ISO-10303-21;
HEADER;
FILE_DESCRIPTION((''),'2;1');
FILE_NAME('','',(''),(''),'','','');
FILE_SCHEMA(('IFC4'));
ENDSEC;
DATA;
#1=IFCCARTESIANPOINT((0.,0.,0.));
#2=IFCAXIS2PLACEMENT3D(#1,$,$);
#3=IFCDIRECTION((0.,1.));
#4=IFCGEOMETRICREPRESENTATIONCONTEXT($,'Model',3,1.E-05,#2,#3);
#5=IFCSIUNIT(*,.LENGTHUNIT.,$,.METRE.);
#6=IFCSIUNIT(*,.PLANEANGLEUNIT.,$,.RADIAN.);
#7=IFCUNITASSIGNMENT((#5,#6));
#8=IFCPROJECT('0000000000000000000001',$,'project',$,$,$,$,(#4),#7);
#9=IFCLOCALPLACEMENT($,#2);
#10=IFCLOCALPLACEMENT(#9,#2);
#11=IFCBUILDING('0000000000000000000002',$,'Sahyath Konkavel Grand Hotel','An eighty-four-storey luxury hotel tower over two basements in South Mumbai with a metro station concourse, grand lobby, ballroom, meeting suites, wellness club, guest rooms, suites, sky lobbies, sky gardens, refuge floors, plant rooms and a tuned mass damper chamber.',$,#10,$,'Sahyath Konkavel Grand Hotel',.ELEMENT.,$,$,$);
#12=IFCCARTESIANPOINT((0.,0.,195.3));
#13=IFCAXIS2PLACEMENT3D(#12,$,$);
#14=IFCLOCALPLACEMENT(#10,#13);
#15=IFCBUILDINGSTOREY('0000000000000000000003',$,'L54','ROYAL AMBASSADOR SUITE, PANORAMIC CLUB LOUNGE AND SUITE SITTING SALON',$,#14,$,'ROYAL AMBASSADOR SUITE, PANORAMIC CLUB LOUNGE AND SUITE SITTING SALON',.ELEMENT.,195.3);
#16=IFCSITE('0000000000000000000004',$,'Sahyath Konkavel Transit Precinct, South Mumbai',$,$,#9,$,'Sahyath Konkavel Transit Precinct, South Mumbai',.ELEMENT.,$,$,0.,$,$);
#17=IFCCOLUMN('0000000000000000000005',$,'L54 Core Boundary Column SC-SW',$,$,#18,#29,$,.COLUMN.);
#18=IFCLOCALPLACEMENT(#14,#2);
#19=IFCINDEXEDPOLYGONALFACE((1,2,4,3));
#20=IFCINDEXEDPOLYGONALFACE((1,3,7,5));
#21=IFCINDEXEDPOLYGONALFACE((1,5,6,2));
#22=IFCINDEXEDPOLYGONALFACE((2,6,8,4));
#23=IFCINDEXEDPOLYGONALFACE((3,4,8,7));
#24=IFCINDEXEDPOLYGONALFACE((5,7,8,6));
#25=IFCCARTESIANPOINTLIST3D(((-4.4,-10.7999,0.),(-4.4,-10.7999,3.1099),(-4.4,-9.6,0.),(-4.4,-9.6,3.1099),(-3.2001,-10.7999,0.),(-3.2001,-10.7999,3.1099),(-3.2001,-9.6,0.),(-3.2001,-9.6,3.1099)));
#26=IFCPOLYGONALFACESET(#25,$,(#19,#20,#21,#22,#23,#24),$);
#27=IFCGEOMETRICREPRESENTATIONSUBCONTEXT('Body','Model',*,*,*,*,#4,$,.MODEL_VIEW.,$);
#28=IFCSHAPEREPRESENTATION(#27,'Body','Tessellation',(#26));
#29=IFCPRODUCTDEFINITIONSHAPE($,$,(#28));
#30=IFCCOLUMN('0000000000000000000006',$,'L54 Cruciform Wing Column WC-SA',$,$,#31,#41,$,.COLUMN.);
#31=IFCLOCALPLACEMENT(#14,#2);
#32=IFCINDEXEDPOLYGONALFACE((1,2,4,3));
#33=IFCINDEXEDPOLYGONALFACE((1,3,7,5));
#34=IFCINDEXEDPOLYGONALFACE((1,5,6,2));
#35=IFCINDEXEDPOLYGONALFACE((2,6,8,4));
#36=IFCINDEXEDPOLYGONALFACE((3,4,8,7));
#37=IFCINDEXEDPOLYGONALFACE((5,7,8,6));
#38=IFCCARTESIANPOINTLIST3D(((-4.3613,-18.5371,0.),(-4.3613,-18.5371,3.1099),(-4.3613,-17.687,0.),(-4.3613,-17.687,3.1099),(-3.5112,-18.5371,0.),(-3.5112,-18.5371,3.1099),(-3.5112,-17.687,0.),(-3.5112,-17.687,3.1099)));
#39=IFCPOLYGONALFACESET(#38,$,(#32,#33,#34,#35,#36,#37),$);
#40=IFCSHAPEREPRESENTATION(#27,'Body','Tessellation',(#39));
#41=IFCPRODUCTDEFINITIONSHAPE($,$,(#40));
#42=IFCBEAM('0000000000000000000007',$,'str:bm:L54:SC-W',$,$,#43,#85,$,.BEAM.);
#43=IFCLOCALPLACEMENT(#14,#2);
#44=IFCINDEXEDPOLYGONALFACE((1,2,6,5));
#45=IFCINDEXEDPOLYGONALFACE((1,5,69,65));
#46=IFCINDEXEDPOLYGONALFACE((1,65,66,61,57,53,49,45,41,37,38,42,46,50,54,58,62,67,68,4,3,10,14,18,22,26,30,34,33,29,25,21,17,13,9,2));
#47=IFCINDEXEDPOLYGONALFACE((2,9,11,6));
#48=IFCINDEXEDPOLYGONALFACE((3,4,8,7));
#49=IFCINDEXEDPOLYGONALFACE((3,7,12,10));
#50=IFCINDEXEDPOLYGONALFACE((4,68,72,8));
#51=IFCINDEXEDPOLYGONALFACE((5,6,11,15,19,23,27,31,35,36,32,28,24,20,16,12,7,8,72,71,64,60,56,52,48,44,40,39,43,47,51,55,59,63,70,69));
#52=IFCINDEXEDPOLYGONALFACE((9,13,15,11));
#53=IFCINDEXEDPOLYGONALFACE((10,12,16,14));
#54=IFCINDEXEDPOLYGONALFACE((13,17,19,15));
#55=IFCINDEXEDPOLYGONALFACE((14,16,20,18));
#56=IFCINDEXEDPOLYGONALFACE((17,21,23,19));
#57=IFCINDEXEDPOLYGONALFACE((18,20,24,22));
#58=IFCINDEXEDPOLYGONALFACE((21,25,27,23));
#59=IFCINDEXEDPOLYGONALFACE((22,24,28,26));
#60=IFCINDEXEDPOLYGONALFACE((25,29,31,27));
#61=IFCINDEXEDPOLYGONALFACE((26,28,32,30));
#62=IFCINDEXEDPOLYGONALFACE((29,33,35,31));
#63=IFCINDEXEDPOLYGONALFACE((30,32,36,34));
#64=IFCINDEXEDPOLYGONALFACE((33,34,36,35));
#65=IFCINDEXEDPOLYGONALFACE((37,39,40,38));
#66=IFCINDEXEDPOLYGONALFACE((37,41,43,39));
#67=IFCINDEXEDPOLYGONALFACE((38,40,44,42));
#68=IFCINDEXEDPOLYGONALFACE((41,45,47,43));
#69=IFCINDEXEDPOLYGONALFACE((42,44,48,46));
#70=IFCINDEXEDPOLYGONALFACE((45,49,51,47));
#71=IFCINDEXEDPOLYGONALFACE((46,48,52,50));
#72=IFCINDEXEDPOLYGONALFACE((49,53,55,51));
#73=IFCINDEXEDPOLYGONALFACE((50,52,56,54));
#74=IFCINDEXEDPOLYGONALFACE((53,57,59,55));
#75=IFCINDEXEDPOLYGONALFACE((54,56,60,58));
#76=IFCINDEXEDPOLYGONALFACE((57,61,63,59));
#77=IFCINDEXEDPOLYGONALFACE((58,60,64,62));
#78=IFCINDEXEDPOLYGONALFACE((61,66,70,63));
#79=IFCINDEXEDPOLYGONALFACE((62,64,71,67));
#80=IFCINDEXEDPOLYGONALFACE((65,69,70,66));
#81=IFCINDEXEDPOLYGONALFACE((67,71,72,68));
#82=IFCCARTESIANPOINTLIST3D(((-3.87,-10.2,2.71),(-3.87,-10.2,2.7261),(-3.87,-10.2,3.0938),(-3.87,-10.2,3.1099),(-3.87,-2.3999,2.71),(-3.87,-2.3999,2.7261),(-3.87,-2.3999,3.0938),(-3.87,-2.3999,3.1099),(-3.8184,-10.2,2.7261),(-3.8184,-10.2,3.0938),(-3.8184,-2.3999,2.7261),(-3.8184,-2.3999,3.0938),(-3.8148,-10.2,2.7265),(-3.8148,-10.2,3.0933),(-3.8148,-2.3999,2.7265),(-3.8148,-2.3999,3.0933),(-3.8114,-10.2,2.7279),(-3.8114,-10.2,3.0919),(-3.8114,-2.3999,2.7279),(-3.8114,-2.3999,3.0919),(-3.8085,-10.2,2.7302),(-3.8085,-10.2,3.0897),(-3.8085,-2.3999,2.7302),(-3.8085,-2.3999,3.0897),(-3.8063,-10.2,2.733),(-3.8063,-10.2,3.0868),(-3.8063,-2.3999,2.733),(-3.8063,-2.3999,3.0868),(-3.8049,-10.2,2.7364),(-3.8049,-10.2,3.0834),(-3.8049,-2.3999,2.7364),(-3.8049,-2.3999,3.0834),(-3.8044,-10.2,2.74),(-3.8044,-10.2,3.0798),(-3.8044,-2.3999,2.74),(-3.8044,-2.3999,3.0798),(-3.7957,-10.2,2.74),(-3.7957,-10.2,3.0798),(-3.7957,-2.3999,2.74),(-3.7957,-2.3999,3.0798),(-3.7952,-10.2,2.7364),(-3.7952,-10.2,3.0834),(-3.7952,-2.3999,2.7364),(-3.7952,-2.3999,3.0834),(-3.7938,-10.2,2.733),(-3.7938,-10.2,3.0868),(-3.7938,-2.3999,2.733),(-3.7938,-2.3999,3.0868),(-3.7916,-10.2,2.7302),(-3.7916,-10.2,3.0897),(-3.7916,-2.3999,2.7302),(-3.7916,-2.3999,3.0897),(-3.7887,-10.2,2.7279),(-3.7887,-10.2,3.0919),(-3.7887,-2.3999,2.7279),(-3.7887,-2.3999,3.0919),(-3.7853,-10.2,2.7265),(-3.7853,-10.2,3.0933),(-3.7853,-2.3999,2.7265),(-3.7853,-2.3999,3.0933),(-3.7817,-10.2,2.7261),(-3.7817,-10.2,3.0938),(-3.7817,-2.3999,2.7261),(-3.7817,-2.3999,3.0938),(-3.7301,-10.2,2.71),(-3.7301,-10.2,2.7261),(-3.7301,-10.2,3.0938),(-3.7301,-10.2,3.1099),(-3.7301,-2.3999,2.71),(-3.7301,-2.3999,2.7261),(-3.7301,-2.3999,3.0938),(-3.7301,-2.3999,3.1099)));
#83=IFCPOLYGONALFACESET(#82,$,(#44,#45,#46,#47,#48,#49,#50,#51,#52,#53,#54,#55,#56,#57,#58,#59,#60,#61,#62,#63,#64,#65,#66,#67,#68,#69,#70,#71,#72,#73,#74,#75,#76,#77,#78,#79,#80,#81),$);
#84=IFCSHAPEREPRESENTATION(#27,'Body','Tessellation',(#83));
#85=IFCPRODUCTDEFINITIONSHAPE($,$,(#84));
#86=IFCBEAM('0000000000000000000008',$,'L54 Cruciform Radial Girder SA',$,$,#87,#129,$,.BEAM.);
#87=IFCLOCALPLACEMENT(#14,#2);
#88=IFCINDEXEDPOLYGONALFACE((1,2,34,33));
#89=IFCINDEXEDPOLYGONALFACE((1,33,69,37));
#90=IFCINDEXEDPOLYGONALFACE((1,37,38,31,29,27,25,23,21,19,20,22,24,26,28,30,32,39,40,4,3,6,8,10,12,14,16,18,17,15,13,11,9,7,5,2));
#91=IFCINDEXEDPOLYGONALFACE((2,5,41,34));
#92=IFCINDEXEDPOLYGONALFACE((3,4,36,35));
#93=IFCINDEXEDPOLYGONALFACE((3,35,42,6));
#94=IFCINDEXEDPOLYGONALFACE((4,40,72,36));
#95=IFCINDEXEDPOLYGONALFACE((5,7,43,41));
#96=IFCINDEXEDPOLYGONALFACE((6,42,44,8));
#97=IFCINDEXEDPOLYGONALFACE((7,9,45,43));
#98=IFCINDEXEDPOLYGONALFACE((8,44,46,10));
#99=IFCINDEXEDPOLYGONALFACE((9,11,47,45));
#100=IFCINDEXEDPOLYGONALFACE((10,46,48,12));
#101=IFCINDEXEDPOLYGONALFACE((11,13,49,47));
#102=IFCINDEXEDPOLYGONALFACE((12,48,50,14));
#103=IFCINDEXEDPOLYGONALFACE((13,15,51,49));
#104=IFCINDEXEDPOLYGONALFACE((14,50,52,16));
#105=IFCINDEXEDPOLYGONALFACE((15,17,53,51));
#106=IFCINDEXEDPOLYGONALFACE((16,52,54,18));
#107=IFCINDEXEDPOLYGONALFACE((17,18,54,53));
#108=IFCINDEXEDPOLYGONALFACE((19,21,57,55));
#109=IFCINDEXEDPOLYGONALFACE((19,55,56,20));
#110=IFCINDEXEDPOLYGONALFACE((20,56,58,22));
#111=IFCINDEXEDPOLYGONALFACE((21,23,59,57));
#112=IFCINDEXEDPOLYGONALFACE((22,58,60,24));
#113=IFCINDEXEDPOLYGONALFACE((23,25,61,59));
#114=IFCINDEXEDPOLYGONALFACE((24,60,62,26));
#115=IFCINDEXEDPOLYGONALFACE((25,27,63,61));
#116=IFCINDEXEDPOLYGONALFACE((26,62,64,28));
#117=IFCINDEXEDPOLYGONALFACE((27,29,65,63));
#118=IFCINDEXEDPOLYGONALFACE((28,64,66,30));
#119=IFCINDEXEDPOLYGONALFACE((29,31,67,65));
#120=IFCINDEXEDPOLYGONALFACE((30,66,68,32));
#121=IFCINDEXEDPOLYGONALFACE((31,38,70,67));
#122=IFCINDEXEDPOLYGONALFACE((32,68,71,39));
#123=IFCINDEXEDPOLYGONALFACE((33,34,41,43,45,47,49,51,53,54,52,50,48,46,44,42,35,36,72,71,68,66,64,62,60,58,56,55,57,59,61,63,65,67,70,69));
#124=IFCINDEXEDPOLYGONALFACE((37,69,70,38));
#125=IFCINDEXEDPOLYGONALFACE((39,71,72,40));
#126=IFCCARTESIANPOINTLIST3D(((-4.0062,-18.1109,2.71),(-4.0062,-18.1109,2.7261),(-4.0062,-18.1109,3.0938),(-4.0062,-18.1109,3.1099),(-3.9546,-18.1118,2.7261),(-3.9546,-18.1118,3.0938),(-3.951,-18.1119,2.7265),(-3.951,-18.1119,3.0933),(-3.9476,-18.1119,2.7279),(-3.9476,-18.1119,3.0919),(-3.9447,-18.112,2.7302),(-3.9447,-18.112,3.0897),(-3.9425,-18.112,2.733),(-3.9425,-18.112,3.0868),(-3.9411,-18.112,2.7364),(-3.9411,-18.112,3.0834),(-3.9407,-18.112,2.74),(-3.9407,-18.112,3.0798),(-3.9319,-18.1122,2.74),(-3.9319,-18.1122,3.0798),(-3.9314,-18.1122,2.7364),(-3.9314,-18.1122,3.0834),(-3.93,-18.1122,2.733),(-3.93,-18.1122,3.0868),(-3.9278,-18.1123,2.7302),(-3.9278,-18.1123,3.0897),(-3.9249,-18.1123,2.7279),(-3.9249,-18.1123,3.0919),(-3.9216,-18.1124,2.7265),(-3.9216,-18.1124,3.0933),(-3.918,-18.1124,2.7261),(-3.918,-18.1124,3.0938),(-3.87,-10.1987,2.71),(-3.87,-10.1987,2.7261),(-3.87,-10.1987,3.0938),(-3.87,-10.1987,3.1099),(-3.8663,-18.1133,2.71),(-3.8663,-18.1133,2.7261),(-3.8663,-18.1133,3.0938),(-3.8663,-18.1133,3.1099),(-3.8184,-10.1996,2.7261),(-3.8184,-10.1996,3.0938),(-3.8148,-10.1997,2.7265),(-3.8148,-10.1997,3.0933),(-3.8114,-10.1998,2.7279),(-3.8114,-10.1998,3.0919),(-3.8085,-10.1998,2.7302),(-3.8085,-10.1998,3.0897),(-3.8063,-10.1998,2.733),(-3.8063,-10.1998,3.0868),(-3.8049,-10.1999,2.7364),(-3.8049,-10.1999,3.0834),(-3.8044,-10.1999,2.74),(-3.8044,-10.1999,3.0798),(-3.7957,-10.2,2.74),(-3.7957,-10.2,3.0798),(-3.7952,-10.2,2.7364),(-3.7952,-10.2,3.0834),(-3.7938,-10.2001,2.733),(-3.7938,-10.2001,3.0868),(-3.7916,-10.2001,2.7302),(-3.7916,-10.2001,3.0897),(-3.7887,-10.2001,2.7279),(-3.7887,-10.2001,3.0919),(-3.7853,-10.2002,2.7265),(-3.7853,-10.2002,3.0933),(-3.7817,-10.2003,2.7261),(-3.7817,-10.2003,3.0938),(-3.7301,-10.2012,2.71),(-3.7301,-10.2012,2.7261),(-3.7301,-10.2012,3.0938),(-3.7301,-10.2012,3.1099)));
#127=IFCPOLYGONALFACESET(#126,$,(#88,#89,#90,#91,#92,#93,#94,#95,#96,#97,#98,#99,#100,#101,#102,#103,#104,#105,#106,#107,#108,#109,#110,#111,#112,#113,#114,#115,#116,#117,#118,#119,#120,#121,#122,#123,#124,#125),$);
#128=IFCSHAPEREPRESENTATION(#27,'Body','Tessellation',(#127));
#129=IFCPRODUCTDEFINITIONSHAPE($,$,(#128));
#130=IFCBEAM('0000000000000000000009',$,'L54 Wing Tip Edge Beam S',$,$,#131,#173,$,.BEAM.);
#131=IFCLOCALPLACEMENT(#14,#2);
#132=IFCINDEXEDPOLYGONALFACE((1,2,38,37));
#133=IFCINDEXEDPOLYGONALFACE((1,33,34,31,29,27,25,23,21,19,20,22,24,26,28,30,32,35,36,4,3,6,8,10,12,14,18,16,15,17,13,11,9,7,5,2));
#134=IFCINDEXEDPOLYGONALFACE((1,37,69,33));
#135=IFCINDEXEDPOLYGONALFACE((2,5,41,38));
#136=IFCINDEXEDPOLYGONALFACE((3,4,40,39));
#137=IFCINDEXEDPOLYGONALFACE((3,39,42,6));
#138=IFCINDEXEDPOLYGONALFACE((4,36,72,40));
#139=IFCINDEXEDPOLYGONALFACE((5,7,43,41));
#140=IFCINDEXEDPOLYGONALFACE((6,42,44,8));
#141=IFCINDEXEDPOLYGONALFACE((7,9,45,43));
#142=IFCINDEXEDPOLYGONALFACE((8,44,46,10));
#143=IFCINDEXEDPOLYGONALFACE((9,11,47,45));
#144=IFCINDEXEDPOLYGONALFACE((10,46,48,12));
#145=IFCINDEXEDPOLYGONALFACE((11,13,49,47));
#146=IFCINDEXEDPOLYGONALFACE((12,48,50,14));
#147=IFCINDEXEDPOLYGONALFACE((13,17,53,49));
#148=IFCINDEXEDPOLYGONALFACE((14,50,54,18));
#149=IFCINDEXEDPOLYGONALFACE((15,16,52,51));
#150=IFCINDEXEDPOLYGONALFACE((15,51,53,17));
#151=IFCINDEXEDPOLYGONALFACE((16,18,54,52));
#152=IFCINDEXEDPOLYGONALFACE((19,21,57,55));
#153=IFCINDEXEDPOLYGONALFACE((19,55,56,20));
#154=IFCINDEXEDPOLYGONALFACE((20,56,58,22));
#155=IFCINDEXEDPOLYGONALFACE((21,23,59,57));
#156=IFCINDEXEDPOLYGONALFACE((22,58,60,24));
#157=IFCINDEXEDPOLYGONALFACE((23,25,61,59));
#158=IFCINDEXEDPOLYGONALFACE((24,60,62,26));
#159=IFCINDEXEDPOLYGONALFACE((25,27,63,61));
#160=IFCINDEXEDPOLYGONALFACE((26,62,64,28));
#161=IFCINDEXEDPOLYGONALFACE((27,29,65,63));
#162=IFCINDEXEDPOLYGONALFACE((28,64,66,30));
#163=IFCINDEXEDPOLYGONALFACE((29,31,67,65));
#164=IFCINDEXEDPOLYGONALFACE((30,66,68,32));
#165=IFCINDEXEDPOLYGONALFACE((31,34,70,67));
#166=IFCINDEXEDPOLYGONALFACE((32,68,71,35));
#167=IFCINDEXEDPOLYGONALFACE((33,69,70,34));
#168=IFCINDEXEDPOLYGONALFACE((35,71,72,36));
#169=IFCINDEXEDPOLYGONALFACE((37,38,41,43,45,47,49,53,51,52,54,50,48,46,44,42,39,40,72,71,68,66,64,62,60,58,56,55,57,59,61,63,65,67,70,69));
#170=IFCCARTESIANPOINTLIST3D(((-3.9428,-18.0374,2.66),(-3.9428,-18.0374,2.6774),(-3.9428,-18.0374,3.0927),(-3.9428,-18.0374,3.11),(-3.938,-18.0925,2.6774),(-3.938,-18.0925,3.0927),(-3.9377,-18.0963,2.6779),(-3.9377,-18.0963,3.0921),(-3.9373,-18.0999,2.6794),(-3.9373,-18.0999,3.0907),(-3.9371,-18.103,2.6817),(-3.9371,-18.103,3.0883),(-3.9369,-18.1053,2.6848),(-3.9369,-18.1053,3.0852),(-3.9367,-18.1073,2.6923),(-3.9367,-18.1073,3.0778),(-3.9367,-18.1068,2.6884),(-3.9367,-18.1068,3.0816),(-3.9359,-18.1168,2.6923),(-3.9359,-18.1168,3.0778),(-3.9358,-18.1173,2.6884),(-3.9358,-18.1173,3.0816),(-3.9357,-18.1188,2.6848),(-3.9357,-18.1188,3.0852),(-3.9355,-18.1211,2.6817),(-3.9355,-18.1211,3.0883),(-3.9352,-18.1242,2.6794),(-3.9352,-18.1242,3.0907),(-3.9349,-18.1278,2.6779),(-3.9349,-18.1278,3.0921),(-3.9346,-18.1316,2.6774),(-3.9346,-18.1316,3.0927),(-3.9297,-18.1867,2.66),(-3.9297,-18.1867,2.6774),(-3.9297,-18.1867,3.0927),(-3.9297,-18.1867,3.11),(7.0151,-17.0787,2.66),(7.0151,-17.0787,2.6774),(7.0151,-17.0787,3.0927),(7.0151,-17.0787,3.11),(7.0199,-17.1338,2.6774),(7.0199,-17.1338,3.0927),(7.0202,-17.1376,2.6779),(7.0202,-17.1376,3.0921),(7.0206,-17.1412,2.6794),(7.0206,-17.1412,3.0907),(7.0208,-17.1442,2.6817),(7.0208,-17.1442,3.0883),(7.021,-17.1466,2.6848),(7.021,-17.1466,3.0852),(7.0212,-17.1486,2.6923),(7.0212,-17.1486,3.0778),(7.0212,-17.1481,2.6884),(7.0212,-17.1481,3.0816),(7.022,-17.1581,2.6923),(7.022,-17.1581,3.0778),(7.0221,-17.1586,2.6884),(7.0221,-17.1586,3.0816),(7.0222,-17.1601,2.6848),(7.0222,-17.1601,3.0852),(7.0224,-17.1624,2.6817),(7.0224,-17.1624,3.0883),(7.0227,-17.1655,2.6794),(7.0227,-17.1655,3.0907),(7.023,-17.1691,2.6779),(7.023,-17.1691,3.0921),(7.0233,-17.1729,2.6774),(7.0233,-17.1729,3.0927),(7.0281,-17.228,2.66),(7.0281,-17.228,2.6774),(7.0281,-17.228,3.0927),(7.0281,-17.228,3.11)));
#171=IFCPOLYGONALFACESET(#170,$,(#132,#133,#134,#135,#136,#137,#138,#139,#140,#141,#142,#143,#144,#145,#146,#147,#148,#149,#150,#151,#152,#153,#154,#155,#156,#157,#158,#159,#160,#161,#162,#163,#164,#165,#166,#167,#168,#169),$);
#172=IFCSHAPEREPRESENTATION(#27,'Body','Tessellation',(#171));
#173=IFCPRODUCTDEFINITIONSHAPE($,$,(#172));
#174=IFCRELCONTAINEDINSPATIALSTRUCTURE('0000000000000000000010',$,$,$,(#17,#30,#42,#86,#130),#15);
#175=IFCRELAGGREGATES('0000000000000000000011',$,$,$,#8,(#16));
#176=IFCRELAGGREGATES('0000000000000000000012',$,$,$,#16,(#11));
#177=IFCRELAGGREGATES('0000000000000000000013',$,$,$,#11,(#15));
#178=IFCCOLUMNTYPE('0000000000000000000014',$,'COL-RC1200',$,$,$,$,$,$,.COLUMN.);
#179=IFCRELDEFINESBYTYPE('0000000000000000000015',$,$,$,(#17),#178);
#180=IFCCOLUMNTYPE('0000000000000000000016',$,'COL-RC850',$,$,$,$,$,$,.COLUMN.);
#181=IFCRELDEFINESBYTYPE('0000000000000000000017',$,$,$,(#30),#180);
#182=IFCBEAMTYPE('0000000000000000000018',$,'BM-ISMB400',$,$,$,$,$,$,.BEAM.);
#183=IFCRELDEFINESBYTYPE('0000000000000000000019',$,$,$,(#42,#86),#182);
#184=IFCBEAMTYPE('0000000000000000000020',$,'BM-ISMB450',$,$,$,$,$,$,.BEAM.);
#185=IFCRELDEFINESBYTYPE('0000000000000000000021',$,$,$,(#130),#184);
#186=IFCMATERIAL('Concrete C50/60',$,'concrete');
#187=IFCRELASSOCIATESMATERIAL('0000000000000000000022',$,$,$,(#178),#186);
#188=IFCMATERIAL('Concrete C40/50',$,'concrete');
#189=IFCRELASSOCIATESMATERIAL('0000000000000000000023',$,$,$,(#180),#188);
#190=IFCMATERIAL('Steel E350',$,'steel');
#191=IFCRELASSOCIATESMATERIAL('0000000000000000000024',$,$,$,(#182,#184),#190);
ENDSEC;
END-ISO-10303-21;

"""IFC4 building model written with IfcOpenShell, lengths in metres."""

from ifc_helpers import new_model, si_unit, direction, frame, origin, origin_2d, place, context, subcontext, project, spatial, rectangle, i_section, extrude, source, transform, mapped, material, material_profile, profile_set, type_object, element, save


model = new_model("IFC4")

# Units and contexts
model_context = context("Model", 3, precision=1e-05, world=origin(), true_north=direction((0.0, 1.0)))
body_context = subcontext(model_context, "Body", "Model", "MODEL_VIEW")
ifc_project = project(units=[si_unit("LENGTHUNIT", "METRE"), si_unit("PLANEANGLEUNIT", "RADIAN")], contexts=[model_context])

# Site, building, storey
site_placement = place(None, origin())
site = spatial("IfcSite", under=ifc_project, at=site_placement, Name="Sahyath Konkavel Transit Precinct, South Mumbai", LongName="Sahyath Konkavel Transit Precinct, South Mumbai", CompositionType="ELEMENT", RefElevation=0.0)
building_placement = place(site_placement, origin())
building = spatial("IfcBuilding", under=site, at=building_placement, Name="Sahyath Konkavel Grand Hotel", Description="An eighty-four-storey luxury hotel tower over two basements in South Mumbai with a metro station concourse, grand lobby, ballroom, meeting suites, wellness club, guest rooms, suites, sky lobbies, sky gardens, refuge floors, plant rooms and a tuned mass damper chamber.", LongName="Sahyath Konkavel Grand Hotel", CompositionType="ELEMENT")
storey_placement = place(building_placement, frame((0.0, 0.0, 195.3)))
storey = spatial("IfcBuildingStorey", under=building, at=storey_placement, Name="L54", Description="ROYAL AMBASSADOR SUITE, PANORAMIC CLUB LOUNGE AND SUITE SITTING SALON", LongName="ROYAL AMBASSADOR SUITE, PANORAMIC CLUB LOUNGE AND SUITE SITTING SALON", CompositionType="ELEMENT", Elevation=195.3)

# Columns
ifc_material_1 = material(Name="Concrete C50/60", Category="concrete")
ifc_material_profile_1 = material_profile(ifc_material_1, rectangle(XDim=1.2, YDim=1.2, at=origin_2d()), Name="RC 1200x1200")
ifc_profile_set_1 = profile_set([ifc_material_profile_1], Name="Concrete C50/60")
column_type_1 = type_object("IfcColumnType", Name="COL-RC1200", PredefinedType="COLUMN", material=ifc_profile_set_1)
shared_shape_1 = source(origin(), body_context, "Body", "SweptSolid", [
    extrude(rectangle(XDim=1.2, YDim=1.2, at=origin_2d()), origin(), (0.0, 0.0, 1.0), 3.1099),
])
column_1_placement = place(storey_placement, frame((-3.8, -10.2, 0.0), z_axis=(0.0, 0.0, 1.0), x_axis=(1.0, 0.0, 0.0)))
element("IfcColumn", 1, at=column_1_placement, inside=storey, type_object=column_type_1, Name="L54 Core Boundary Column SC-SW", PredefinedType="COLUMN", context=body_context, shape_type="MappedRepresentation", body=[
    mapped(shared_shape_1, transform((0.0, 0.0, 0.0), scale=1.0)),
])
ifc_material_2 = material(Name="Concrete C40/50", Category="concrete")
ifc_material_profile_2 = material_profile(ifc_material_2, rectangle(XDim=0.8501, YDim=0.8501, at=origin_2d()), Name="RC 850x850")
ifc_profile_set_2 = profile_set([ifc_material_profile_2], Name="Concrete C40/50")
column_type_2 = type_object("IfcColumnType", Name="COL-RC850", PredefinedType="COLUMN", material=ifc_profile_set_2)
shared_shape_2 = source(origin(), body_context, "Body", "SweptSolid", [
    extrude(rectangle(XDim=0.8501, YDim=0.8501, at=origin_2d()), origin(), (0.0, 0.0, 1.0), 3.1099),
])
column_2_placement = place(storey_placement, frame((-3.9363, -18.1121, 0.0), z_axis=(0.0, 0.0, 1.0), x_axis=(1.0, 0.0, 0.0)))
element("IfcColumn", 2, at=column_2_placement, inside=storey, type_object=column_type_2, Name="L54 Cruciform Wing Column WC-SA", PredefinedType="COLUMN", context=body_context, shape_type="MappedRepresentation", body=[
    mapped(shared_shape_2, transform((0.0, 0.0, 0.0), scale=1.0)),
])

# Beams
ifc_material_3 = material(Name="Steel E350", Category="steel")
ifc_material_profile_3 = material_profile(ifc_material_3, i_section(OverallWidth=0.1399, OverallDepth=0.3999, WebThickness=0.0088, FlangeThickness=0.0161, FilletRadius=0.0139, at=origin_2d()), Name="ISMB 400")
ifc_profile_set_3 = profile_set([ifc_material_profile_3], Name="Steel E350")
beam_type_1 = type_object("IfcBeamType", Name="BM-ISMB400", PredefinedType="BEAM", material=ifc_profile_set_3)
shared_shape_3 = source(origin(), body_context, "Body", "SweptSolid", [
    extrude(i_section(OverallWidth=0.1399, OverallDepth=0.3999, WebThickness=0.0088, FlangeThickness=0.0161, FilletRadius=0.0139, at=origin_2d()), origin(), (0.0, 0.0, 1.0), 7.8),
])
beam_1_placement = place(storey_placement, frame((-3.8, -10.2, 2.9099), z_axis=(0.0, 1.0, 0.0), x_axis=(-1.0, 0.0, 0.0)))
element("IfcBeam", 3, at=beam_1_placement, inside=storey, type_object=beam_type_1, Name="str:bm:L54:SC-W", PredefinedType="BEAM", context=body_context, shape_type="MappedRepresentation", body=[
    mapped(shared_shape_3, transform((0.0, 0.0, 0.0), scale=1.0)),
])
shared_shape_4 = source(origin(), body_context, "Body", "SweptSolid", [
    extrude(i_section(OverallWidth=0.1399, OverallDepth=0.3999, WebThickness=0.0088, FlangeThickness=0.0161, FilletRadius=0.0139, at=origin_2d()), origin(), (0.0, 0.0, 1.0), 7.9133),
])
beam_2_placement = place(storey_placement, frame((-3.8, -10.2, 2.9099), z_axis=(-0.017215, -0.999852, 0.0), x_axis=(0.999852, -0.017215, 0.0)))
element("IfcBeam", 4, at=beam_2_placement, inside=storey, type_object=beam_type_1, Name="L54 Cruciform Radial Girder SA", PredefinedType="BEAM", context=body_context, shape_type="MappedRepresentation", body=[
    mapped(shared_shape_4, transform((0.0, 0.0, 0.0), scale=1.0)),
])
ifc_material_profile_4 = material_profile(ifc_material_3, i_section(OverallWidth=0.1499, OverallDepth=0.45, WebThickness=0.0095, FlangeThickness=0.0173, FilletRadius=0.0149, at=origin_2d()), Name="ISMB 450")
ifc_profile_set_4 = profile_set([ifc_material_profile_4], Name="Steel E350")
beam_type_2 = type_object("IfcBeamType", Name="BM-ISMB450", PredefinedType="BEAM", material=ifc_profile_set_4)
shared_shape_5 = source(origin(), body_context, "Body", "SweptSolid", [
    extrude(i_section(OverallWidth=0.1499, OverallDepth=0.45, WebThickness=0.0095, FlangeThickness=0.0173, FilletRadius=0.0149, at=origin_2d()), origin(), (0.0, 0.0, 1.0), 10.9998),
])
beam_3_placement = place(storey_placement, frame((-3.9363, -18.1121, 2.885), z_axis=(0.996194, 0.087159, 0.0), x_axis=(-0.087159, 0.996194, 0.0)))
element("IfcBeam", 5, at=beam_3_placement, inside=storey, type_object=beam_type_2, Name="L54 Wing Tip Edge Beam S", PredefinedType="BEAM", context=body_context, shape_type="MappedRepresentation", body=[
    mapped(shared_shape_5, transform((0.0, 0.0, 0.0), scale=1.0)),
])

save(model, "model.ifc")
